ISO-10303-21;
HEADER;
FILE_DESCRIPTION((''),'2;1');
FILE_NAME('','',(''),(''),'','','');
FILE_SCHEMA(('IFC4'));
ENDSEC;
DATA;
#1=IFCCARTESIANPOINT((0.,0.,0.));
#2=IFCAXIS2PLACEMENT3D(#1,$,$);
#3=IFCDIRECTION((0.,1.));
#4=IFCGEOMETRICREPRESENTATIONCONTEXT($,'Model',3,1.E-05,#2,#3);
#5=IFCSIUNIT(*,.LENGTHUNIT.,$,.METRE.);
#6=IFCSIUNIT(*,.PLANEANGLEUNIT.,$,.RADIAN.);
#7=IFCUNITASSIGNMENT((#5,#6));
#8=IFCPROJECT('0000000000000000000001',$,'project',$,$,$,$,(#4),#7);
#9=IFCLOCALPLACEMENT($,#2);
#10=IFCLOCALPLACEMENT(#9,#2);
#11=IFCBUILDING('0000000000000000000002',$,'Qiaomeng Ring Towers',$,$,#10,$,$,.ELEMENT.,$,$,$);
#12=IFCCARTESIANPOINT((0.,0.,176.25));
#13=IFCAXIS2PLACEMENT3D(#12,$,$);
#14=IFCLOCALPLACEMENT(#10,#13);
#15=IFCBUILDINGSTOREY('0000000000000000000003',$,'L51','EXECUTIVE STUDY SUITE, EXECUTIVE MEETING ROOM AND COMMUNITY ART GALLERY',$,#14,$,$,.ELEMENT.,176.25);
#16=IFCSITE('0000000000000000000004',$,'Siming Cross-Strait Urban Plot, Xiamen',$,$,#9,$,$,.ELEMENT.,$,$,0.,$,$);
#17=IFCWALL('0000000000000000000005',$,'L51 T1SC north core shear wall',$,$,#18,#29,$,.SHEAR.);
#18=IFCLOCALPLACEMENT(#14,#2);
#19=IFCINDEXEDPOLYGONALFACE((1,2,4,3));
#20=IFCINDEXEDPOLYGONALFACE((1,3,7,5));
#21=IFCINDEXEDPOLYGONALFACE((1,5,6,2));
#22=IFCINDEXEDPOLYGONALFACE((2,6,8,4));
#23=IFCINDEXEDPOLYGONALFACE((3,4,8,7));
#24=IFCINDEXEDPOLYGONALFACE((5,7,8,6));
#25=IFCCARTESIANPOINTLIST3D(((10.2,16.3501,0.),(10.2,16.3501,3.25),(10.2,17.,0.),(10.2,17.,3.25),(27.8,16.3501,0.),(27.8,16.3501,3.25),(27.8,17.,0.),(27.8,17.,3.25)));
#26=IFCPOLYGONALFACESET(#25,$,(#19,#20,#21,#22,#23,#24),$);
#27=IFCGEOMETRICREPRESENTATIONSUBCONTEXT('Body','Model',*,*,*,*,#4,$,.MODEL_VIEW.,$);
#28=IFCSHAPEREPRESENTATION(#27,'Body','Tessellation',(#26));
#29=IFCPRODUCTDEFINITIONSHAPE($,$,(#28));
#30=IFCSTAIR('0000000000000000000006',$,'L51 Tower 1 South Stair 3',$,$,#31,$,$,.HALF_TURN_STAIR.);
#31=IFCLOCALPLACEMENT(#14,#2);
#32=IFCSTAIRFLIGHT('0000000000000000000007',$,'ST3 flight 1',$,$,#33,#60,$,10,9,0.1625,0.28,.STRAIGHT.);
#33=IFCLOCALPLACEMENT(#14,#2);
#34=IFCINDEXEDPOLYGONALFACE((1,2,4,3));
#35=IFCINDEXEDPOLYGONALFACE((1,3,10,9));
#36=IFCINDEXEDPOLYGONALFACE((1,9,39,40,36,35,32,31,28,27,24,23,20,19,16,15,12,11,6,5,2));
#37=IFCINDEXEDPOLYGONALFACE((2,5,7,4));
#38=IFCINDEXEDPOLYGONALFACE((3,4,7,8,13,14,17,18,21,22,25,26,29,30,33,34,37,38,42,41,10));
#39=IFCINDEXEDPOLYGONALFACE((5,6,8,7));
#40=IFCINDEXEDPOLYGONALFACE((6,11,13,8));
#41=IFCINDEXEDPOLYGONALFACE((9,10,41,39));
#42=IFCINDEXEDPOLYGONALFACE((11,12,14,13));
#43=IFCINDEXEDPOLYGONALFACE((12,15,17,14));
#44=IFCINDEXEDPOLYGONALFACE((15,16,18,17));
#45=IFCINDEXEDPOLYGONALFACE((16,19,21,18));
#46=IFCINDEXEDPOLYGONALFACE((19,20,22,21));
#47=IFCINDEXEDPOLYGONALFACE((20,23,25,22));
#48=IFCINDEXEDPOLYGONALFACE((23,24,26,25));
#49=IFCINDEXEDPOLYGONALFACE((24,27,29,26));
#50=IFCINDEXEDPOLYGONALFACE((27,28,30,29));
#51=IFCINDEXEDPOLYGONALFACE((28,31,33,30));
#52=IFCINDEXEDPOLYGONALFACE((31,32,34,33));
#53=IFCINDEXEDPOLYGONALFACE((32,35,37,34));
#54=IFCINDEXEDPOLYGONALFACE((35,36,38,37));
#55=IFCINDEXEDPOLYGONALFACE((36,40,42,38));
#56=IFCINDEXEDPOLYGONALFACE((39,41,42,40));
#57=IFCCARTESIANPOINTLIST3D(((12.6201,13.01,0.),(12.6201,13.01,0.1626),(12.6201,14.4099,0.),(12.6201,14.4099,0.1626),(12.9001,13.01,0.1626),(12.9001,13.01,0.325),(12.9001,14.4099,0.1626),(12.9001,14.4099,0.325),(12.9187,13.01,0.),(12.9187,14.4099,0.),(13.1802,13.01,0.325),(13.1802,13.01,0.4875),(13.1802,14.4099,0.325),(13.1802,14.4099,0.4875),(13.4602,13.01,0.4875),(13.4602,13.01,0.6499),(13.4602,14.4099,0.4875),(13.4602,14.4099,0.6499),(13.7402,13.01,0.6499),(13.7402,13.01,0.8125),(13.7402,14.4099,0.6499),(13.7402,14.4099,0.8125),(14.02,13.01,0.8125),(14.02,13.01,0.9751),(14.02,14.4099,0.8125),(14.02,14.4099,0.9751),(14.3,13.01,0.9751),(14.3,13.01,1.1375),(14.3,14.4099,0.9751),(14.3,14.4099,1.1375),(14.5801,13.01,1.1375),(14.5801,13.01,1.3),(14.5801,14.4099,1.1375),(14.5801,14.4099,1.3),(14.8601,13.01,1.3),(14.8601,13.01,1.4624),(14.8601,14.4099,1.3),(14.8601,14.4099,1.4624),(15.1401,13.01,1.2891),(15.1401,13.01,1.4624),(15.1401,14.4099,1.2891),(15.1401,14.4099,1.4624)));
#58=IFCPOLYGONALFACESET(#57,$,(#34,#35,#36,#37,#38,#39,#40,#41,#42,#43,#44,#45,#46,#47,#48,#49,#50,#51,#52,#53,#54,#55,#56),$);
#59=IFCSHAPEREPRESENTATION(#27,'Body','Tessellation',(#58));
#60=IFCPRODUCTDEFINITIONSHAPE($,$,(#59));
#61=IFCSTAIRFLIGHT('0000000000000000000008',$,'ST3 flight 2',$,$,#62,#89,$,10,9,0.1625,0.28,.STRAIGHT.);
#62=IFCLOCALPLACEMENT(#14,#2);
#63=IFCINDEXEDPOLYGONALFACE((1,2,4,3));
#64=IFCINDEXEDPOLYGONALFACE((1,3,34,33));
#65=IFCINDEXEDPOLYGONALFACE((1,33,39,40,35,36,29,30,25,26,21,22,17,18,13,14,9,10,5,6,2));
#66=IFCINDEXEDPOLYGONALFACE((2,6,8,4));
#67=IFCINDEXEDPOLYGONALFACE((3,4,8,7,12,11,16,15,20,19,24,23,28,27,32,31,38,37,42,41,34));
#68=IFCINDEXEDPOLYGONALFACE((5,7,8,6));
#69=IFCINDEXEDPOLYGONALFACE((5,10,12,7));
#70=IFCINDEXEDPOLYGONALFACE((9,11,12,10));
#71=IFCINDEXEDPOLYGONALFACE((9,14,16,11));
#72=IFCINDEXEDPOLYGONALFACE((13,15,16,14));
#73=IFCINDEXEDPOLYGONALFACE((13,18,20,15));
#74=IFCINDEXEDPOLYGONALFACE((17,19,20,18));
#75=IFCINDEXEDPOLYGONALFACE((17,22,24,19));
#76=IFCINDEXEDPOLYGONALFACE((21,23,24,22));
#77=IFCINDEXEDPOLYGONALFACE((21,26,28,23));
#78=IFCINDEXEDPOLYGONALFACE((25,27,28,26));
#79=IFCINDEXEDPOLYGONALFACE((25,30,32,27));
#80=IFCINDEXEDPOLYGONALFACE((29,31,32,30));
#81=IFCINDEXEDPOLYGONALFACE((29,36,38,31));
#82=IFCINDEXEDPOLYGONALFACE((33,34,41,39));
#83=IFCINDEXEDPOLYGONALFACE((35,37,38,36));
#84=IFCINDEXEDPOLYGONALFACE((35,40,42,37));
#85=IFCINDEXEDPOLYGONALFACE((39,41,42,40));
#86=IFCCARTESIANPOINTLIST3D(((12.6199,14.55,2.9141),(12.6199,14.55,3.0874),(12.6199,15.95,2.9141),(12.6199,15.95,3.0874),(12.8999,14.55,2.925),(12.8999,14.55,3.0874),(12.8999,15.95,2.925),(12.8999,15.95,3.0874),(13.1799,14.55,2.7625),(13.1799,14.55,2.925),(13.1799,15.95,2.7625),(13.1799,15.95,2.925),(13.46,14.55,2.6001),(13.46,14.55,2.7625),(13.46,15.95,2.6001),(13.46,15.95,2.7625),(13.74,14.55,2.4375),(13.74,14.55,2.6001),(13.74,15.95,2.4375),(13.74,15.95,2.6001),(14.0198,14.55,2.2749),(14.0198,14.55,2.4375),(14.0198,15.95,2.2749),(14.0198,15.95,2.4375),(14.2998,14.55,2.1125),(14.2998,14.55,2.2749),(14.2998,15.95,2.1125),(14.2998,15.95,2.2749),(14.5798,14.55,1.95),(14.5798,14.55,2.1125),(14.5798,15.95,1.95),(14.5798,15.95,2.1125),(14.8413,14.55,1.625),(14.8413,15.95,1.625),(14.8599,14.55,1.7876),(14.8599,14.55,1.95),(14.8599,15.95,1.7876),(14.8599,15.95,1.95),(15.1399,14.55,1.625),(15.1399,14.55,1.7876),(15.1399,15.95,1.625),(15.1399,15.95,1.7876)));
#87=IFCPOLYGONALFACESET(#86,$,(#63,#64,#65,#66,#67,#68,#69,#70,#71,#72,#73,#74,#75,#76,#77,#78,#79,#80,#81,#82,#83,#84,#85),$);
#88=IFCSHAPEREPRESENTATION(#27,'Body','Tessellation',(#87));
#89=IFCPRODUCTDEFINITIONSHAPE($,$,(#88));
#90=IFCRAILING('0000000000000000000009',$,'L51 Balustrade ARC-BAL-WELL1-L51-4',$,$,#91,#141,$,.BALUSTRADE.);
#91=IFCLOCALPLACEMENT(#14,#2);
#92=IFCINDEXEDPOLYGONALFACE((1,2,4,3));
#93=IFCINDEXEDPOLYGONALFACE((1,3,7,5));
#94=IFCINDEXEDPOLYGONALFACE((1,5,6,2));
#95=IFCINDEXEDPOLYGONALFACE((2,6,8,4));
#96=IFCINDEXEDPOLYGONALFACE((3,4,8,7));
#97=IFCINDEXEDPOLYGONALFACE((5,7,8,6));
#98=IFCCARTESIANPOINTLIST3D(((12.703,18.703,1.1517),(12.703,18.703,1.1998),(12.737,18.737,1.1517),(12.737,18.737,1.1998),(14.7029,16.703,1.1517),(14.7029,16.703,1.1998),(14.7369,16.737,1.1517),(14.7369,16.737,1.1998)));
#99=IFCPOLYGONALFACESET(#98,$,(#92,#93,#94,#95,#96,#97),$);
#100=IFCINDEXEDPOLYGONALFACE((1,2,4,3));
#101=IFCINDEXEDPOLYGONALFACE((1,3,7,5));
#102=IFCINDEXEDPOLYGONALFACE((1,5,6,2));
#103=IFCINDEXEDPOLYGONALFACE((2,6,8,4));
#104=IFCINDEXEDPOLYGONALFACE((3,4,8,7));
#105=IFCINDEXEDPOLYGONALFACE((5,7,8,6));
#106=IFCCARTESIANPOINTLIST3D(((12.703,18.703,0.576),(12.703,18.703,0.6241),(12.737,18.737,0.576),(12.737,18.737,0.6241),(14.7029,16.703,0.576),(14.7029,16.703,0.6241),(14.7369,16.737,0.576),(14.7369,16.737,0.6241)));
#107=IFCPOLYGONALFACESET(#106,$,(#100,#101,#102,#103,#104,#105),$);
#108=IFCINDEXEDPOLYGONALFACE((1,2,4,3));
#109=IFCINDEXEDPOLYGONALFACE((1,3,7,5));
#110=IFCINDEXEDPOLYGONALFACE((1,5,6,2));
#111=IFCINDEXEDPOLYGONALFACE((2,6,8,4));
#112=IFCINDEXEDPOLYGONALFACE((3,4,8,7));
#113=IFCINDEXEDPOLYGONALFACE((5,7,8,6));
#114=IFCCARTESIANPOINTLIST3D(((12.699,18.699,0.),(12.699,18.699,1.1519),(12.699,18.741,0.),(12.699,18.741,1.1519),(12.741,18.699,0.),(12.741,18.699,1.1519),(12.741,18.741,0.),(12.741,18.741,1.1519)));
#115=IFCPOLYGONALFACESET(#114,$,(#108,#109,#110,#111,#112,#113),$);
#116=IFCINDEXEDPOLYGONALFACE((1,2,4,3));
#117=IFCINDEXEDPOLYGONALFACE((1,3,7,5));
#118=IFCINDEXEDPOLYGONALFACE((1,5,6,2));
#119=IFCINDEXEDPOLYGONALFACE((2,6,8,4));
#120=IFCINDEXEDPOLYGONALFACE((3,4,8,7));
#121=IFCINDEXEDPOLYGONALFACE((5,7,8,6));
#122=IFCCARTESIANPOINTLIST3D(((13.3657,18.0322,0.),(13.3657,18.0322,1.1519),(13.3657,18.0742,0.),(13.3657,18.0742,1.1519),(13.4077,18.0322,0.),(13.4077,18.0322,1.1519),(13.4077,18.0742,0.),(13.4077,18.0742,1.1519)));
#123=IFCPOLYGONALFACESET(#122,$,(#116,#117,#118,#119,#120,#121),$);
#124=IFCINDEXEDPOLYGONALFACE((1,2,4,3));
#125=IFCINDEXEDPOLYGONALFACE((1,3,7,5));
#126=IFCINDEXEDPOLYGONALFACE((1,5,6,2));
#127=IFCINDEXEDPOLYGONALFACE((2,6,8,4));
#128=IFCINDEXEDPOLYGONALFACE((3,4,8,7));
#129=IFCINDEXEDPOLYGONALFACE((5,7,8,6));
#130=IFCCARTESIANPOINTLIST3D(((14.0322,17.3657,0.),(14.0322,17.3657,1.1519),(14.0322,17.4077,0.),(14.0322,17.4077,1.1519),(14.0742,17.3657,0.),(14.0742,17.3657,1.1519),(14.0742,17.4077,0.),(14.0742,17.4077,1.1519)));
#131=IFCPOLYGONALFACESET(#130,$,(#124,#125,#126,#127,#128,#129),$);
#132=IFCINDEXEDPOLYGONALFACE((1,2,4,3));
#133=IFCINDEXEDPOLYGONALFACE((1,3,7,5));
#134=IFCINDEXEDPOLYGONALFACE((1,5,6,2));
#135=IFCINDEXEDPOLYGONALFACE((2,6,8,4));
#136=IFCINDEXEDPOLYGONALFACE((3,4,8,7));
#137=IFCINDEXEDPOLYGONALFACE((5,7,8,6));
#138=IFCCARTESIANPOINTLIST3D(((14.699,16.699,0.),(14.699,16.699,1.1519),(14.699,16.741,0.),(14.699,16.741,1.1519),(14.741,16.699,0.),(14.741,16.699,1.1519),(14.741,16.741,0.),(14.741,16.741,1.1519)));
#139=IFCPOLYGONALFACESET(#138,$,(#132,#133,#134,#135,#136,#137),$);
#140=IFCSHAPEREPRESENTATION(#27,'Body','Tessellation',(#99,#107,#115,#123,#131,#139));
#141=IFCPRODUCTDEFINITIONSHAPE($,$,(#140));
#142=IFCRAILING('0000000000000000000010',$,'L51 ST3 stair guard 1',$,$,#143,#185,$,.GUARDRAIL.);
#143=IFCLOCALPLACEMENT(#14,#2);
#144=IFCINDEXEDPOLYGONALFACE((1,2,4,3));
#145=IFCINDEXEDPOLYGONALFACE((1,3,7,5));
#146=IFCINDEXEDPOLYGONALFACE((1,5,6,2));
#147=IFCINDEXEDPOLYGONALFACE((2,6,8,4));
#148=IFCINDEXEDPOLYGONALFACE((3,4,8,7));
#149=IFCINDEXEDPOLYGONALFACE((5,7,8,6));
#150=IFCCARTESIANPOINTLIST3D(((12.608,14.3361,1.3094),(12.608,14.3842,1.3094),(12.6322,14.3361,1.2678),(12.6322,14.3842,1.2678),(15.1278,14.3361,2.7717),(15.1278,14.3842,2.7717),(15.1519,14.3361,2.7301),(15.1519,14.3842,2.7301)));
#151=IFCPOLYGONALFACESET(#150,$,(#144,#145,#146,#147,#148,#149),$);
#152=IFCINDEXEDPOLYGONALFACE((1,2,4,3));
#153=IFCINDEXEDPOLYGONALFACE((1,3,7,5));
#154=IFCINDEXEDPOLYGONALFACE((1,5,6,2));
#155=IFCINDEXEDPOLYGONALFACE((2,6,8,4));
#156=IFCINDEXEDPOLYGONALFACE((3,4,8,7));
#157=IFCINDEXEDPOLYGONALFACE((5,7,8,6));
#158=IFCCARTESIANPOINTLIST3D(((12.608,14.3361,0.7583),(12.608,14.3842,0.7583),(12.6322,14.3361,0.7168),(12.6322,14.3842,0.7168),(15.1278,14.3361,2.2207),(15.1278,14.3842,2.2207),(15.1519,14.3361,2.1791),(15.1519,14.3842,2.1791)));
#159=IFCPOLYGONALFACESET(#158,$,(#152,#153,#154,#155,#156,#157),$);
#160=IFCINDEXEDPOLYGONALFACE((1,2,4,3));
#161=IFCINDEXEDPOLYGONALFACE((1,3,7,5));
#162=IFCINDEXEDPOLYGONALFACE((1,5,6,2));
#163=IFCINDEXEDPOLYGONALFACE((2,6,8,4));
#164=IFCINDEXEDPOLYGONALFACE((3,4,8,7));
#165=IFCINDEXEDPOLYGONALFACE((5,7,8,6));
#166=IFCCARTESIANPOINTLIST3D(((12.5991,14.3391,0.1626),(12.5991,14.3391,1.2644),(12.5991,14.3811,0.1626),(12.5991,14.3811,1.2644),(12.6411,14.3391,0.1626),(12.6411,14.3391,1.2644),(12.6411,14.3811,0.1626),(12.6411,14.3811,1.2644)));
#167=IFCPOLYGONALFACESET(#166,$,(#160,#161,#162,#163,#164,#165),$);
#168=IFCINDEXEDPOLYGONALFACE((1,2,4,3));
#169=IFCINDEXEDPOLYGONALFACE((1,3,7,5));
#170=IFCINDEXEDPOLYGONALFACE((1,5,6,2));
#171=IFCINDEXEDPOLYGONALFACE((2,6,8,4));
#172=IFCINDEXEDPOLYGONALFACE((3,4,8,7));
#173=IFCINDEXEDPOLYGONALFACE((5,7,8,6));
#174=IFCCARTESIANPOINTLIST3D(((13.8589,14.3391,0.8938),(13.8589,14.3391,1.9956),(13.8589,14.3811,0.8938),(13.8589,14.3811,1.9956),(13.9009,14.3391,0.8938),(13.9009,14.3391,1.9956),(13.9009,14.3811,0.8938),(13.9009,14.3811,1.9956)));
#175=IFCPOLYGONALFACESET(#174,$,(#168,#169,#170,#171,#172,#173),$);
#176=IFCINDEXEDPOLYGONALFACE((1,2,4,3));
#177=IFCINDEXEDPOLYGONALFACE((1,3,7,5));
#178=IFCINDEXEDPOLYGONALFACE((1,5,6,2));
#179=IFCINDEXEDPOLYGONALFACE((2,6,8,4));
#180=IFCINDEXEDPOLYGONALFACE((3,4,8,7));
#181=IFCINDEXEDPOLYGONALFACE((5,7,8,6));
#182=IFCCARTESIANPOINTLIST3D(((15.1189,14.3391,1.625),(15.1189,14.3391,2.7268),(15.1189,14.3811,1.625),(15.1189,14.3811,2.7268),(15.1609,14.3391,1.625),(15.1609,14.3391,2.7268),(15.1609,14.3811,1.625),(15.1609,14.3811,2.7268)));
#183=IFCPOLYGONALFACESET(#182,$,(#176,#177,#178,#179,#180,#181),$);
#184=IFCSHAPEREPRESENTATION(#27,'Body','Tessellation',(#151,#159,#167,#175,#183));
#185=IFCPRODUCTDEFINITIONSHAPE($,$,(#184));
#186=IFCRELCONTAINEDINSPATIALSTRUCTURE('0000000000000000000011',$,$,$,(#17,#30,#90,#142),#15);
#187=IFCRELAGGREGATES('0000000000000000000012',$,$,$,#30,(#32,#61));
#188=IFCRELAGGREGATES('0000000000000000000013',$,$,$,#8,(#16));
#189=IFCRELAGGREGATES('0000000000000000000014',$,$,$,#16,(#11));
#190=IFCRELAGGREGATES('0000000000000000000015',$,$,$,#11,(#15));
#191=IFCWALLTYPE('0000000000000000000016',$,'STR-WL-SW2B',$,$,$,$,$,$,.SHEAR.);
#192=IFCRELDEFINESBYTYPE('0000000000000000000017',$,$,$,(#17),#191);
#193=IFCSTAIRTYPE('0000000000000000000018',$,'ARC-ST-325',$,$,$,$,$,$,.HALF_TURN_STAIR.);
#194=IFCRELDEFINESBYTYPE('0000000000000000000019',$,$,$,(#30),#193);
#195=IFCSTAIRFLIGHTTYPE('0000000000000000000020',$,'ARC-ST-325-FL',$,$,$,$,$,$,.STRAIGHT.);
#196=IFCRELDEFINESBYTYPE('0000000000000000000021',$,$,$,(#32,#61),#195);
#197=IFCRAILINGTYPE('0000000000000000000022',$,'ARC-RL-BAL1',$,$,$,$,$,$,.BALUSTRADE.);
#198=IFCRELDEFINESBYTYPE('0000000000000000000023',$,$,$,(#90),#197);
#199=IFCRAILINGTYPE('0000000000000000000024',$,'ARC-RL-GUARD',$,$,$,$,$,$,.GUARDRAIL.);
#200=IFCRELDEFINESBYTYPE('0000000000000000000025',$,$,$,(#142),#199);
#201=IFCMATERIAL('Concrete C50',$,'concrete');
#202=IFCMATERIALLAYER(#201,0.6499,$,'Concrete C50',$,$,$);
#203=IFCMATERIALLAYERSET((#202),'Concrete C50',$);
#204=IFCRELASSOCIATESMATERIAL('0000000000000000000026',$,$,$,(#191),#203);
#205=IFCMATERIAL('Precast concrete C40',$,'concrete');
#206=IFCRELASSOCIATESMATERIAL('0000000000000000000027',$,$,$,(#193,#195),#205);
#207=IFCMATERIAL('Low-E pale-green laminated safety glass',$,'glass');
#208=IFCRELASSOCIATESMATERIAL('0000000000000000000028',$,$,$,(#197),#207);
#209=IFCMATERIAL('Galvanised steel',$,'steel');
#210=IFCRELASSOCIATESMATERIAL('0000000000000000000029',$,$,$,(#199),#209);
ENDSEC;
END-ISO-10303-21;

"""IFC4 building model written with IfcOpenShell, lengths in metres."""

from ifc_helpers import new_model, si_unit, direction, frame, frame_2d, origin, origin_2d, place, context, subcontext, project, spatial, polyline, rectangle, outline, extrude, source, transform, mapped, material, layer, layer_set, type_object, element, aggregate, save


model = new_model("IFC4")

# Units and contexts
model_context = context("Model", 3, precision=1e-05, world=origin(), true_north=direction((0.0, 1.0)))
body_context = subcontext(model_context, "Body", "Model", "MODEL_VIEW")
ifc_project = project(units=[si_unit("LENGTHUNIT", "METRE"), si_unit("PLANEANGLEUNIT", "RADIAN")], contexts=[model_context])

# Site, building, storey
site_placement = place(None, origin())
site = spatial("IfcSite", under=ifc_project, at=site_placement, Name="Siming Cross-Strait Urban Plot, Xiamen", CompositionType="ELEMENT", RefElevation=0.0)
building_placement = place(site_placement, origin())
building = spatial("IfcBuilding", under=site, at=building_placement, Name="Qiaomeng Ring Towers", CompositionType="ELEMENT")
storey_placement = place(building_placement, frame((0.0, 0.0, 176.25)))
storey = spatial("IfcBuildingStorey", under=building, at=storey_placement, Name="L51", Description="EXECUTIVE STUDY SUITE, EXECUTIVE MEETING ROOM AND COMMUNITY ART GALLERY", CompositionType="ELEMENT", Elevation=176.25)

# Shared definitions
ifc_material_1 = material(Name="Concrete C50", Category="concrete")

# Shared definitions
ifc_material_2 = material(Name="Galvanised steel", Category="steel")

# Wall
ifc_layer_1 = layer(ifc_material_1, 0.6499, Name="Concrete C50")
ifc_layer_set_1 = layer_set([ifc_layer_1], Name="Concrete C50")
wall_type_1 = type_object("IfcWallType", Name="STR-WL-SW2B", PredefinedType="SHEAR", material=ifc_layer_set_1)
wall_1_placement = place(storey_placement, frame((10.2, 16.675, 0.0), z_axis=(0.0, 0.0, 1.0), x_axis=(1.0, 0.0, 0.0)))
element("IfcWall", 1, at=wall_1_placement, inside=storey, type_object=wall_type_1, Name="L51 T1SC north core shear wall", PredefinedType="SHEAR", context=body_context, shape_type="SweptSolid", body=[
    extrude(rectangle(XDim=17.6001, YDim=0.6499, at=frame_2d((8.8, 0.0))), origin(), (0.0, 0.0, 1.0), 3.25),
])

# Stair, stair flights
ifc_material_3 = material(Name="Precast concrete C40", Category="concrete")
stair_type = type_object("IfcStairType", Name="ARC-ST-325", PredefinedType="HALF_TURN_STAIR", material=ifc_material_3)
stair_placement = place(storey_placement, origin())
stair = element("IfcStair", 2, at=stair_placement, inside=storey, type_object=stair_type, Name="L51 Tower 1 South Stair 3", PredefinedType="HALF_TURN_STAIR")
stair_flight_type = type_object("IfcStairFlightType", Name="ARC-ST-325-FL", PredefinedType="STRAIGHT", material=ifc_material_3)
shared_shape_1 = source(origin(), body_context, "Body", "SweptSolid", [
    extrude(outline(polyline([(0.0, 0.0), (0.0, 0.1626), (0.28, 0.1626), (0.28, 0.325), (0.5601, 0.325), (0.5601, 0.4875), (0.8401, 0.4875), (0.8401, 0.6499), (1.1201, 0.6499), (1.1201, 0.8125), (1.3999, 0.8125), (1.3999, 0.9751), (1.6799, 0.9751), (1.6799, 1.1375), (1.96, 1.1375), (1.96, 1.3), (2.24, 1.3), (2.24, 1.4624), (2.52, 1.4624), (2.52, 1.625), (2.52, 1.2891), (0.2986, 0.0), (0.0, 0.0)])), frame((0.0, 0.7, 0.0), z_axis=(0.0, -1.0, 0.0), x_axis=(1.0, 0.0, 0.0)), (0.0, 0.0, 1.0), 1.3999),
])
stair_flight_1_placement = place(storey_placement, frame((12.6201, 13.71, 0.0), z_axis=(0.0, 0.0, 1.0), x_axis=(1.0, 0.0, 0.0)))
stair_flight_1 = element("IfcStairFlight", 3, at=stair_flight_1_placement, type_object=stair_flight_type, Name="ST3 flight 1", NumberOfRisers=10, NumberOfTreads=9, PredefinedType="STRAIGHT", RiserHeight=0.1625, TreadLength=0.28, context=body_context, shape_type="MappedRepresentation", body=[
    mapped(shared_shape_1, transform((0.0, 0.0, 0.0), x_axis=(1.0, 0.0, 0.0), y_axis=(0.0, 1.0, 0.0), z_axis=(0.0, 0.0, 1.0), scale=1.0)),
])
stair_flight_2_placement = place(storey_placement, frame((15.1399, 15.25, 1.625), z_axis=(0.0, 0.0, 1.0), x_axis=(-1.0, 0.0, 0.0)))
stair_flight_2 = element("IfcStairFlight", 4, at=stair_flight_2_placement, type_object=stair_flight_type, Name="ST3 flight 2", NumberOfRisers=10, NumberOfTreads=9, PredefinedType="STRAIGHT", RiserHeight=0.1625, TreadLength=0.28, context=body_context, shape_type="MappedRepresentation", body=[
    mapped(shared_shape_1, transform((0.0, 0.0, 0.0), x_axis=(1.0, 0.0, 0.0), y_axis=(0.0, 1.0, 0.0), z_axis=(0.0, 0.0, 1.0), scale=1.0)),
])
aggregate(stair, [stair_flight_1, stair_flight_2])

# Railings
ifc_material_4 = material(Name="Low-E pale-green laminated safety glass", Category="glass")
railing_type_1 = type_object("IfcRailingType", Name="ARC-RL-BAL1", PredefinedType="BALUSTRADE", material=ifc_material_4)
railing_1_placement = place(storey_placement, frame((12.72, 18.72, 0.0)))
element("IfcRailing", 5, at=railing_1_placement, inside=storey, type_object=railing_type_1, Name="L51 Balustrade ARC-BAL-WELL1-L51-4", PredefinedType="BALUSTRADE", context=body_context, shape_type="SweptSolid", body=[
    extrude(rectangle(XDim=0.0481, YDim=0.0481, at=origin_2d()), frame((0.0, 0.0, 1.1758), z_axis=(0.707107, -0.707107, 0.0), x_axis=(0.707107, 0.707107, 0.0)), (0.0, 0.0, 1.0), 2.8284),
    extrude(rectangle(XDim=0.0481, YDim=0.0481, at=origin_2d()), frame((0.0, 0.0, 0.6001), z_axis=(0.707107, -0.707107, 0.0), x_axis=(0.707107, 0.707107, 0.0)), (0.0, 0.0, 1.0), 2.8284),
    extrude(rectangle(XDim=0.042, YDim=0.042, at=origin_2d()), origin(), (0.0, 0.0, 1.0), 1.1519),
    extrude(rectangle(XDim=0.042, YDim=0.042, at=origin_2d()), frame((0.6667, -0.6667, 0.0)), (0.0, 0.0, 1.0), 1.1519),
    extrude(rectangle(XDim=0.042, YDim=0.042, at=origin_2d()), frame((1.3333, -1.3333, 0.0)), (0.0, 0.0, 1.0), 1.1519),
    extrude(rectangle(XDim=0.042, YDim=0.042, at=origin_2d()), frame((2.0, -2.0, 0.0)), (0.0, 0.0, 1.0), 1.1519),
])
railing_type_2 = type_object("IfcRailingType", Name="ARC-RL-GUARD", PredefinedType="GUARDRAIL", material=ifc_material_2)
railing_2_placement = place(storey_placement, frame((12.6201, 14.3601, 0.1626)))
element("IfcRailing", 6, at=railing_2_placement, inside=storey, type_object=railing_type_2, Name="L51 ST3 stair guard 1", PredefinedType="GUARDRAIL", context=body_context, shape_type="SweptSolid", body=[
    extrude(rectangle(XDim=0.0481, YDim=0.0481, at=origin_2d()), frame((0.0, 0.0, 1.126), z_axis=(0.864892, 0.0, 0.501958), x_axis=(0.0, 1.0, 0.0)), (0.0, 0.0, 1.0), 2.9133),
    extrude(rectangle(XDim=0.0481, YDim=0.0481, at=origin_2d()), frame((0.0, 0.0, 0.575), z_axis=(0.864892, 0.0, 0.501958), x_axis=(0.0, 1.0, 0.0)), (0.0, 0.0, 1.0), 2.9133),
    extrude(rectangle(XDim=0.042, YDim=0.042, at=origin_2d()), origin(), (0.0, 0.0, 1.0), 1.1018),
    extrude(rectangle(XDim=0.042, YDim=0.042, at=origin_2d()), frame((1.2598, 0.0, 0.7312)), (0.0, 0.0, 1.0), 1.1018),
    extrude(rectangle(XDim=0.042, YDim=0.042, at=origin_2d()), frame((2.5198, 0.0, 1.4624)), (0.0, 0.0, 1.0), 1.1018),
])

save(model, "model.ifc")
